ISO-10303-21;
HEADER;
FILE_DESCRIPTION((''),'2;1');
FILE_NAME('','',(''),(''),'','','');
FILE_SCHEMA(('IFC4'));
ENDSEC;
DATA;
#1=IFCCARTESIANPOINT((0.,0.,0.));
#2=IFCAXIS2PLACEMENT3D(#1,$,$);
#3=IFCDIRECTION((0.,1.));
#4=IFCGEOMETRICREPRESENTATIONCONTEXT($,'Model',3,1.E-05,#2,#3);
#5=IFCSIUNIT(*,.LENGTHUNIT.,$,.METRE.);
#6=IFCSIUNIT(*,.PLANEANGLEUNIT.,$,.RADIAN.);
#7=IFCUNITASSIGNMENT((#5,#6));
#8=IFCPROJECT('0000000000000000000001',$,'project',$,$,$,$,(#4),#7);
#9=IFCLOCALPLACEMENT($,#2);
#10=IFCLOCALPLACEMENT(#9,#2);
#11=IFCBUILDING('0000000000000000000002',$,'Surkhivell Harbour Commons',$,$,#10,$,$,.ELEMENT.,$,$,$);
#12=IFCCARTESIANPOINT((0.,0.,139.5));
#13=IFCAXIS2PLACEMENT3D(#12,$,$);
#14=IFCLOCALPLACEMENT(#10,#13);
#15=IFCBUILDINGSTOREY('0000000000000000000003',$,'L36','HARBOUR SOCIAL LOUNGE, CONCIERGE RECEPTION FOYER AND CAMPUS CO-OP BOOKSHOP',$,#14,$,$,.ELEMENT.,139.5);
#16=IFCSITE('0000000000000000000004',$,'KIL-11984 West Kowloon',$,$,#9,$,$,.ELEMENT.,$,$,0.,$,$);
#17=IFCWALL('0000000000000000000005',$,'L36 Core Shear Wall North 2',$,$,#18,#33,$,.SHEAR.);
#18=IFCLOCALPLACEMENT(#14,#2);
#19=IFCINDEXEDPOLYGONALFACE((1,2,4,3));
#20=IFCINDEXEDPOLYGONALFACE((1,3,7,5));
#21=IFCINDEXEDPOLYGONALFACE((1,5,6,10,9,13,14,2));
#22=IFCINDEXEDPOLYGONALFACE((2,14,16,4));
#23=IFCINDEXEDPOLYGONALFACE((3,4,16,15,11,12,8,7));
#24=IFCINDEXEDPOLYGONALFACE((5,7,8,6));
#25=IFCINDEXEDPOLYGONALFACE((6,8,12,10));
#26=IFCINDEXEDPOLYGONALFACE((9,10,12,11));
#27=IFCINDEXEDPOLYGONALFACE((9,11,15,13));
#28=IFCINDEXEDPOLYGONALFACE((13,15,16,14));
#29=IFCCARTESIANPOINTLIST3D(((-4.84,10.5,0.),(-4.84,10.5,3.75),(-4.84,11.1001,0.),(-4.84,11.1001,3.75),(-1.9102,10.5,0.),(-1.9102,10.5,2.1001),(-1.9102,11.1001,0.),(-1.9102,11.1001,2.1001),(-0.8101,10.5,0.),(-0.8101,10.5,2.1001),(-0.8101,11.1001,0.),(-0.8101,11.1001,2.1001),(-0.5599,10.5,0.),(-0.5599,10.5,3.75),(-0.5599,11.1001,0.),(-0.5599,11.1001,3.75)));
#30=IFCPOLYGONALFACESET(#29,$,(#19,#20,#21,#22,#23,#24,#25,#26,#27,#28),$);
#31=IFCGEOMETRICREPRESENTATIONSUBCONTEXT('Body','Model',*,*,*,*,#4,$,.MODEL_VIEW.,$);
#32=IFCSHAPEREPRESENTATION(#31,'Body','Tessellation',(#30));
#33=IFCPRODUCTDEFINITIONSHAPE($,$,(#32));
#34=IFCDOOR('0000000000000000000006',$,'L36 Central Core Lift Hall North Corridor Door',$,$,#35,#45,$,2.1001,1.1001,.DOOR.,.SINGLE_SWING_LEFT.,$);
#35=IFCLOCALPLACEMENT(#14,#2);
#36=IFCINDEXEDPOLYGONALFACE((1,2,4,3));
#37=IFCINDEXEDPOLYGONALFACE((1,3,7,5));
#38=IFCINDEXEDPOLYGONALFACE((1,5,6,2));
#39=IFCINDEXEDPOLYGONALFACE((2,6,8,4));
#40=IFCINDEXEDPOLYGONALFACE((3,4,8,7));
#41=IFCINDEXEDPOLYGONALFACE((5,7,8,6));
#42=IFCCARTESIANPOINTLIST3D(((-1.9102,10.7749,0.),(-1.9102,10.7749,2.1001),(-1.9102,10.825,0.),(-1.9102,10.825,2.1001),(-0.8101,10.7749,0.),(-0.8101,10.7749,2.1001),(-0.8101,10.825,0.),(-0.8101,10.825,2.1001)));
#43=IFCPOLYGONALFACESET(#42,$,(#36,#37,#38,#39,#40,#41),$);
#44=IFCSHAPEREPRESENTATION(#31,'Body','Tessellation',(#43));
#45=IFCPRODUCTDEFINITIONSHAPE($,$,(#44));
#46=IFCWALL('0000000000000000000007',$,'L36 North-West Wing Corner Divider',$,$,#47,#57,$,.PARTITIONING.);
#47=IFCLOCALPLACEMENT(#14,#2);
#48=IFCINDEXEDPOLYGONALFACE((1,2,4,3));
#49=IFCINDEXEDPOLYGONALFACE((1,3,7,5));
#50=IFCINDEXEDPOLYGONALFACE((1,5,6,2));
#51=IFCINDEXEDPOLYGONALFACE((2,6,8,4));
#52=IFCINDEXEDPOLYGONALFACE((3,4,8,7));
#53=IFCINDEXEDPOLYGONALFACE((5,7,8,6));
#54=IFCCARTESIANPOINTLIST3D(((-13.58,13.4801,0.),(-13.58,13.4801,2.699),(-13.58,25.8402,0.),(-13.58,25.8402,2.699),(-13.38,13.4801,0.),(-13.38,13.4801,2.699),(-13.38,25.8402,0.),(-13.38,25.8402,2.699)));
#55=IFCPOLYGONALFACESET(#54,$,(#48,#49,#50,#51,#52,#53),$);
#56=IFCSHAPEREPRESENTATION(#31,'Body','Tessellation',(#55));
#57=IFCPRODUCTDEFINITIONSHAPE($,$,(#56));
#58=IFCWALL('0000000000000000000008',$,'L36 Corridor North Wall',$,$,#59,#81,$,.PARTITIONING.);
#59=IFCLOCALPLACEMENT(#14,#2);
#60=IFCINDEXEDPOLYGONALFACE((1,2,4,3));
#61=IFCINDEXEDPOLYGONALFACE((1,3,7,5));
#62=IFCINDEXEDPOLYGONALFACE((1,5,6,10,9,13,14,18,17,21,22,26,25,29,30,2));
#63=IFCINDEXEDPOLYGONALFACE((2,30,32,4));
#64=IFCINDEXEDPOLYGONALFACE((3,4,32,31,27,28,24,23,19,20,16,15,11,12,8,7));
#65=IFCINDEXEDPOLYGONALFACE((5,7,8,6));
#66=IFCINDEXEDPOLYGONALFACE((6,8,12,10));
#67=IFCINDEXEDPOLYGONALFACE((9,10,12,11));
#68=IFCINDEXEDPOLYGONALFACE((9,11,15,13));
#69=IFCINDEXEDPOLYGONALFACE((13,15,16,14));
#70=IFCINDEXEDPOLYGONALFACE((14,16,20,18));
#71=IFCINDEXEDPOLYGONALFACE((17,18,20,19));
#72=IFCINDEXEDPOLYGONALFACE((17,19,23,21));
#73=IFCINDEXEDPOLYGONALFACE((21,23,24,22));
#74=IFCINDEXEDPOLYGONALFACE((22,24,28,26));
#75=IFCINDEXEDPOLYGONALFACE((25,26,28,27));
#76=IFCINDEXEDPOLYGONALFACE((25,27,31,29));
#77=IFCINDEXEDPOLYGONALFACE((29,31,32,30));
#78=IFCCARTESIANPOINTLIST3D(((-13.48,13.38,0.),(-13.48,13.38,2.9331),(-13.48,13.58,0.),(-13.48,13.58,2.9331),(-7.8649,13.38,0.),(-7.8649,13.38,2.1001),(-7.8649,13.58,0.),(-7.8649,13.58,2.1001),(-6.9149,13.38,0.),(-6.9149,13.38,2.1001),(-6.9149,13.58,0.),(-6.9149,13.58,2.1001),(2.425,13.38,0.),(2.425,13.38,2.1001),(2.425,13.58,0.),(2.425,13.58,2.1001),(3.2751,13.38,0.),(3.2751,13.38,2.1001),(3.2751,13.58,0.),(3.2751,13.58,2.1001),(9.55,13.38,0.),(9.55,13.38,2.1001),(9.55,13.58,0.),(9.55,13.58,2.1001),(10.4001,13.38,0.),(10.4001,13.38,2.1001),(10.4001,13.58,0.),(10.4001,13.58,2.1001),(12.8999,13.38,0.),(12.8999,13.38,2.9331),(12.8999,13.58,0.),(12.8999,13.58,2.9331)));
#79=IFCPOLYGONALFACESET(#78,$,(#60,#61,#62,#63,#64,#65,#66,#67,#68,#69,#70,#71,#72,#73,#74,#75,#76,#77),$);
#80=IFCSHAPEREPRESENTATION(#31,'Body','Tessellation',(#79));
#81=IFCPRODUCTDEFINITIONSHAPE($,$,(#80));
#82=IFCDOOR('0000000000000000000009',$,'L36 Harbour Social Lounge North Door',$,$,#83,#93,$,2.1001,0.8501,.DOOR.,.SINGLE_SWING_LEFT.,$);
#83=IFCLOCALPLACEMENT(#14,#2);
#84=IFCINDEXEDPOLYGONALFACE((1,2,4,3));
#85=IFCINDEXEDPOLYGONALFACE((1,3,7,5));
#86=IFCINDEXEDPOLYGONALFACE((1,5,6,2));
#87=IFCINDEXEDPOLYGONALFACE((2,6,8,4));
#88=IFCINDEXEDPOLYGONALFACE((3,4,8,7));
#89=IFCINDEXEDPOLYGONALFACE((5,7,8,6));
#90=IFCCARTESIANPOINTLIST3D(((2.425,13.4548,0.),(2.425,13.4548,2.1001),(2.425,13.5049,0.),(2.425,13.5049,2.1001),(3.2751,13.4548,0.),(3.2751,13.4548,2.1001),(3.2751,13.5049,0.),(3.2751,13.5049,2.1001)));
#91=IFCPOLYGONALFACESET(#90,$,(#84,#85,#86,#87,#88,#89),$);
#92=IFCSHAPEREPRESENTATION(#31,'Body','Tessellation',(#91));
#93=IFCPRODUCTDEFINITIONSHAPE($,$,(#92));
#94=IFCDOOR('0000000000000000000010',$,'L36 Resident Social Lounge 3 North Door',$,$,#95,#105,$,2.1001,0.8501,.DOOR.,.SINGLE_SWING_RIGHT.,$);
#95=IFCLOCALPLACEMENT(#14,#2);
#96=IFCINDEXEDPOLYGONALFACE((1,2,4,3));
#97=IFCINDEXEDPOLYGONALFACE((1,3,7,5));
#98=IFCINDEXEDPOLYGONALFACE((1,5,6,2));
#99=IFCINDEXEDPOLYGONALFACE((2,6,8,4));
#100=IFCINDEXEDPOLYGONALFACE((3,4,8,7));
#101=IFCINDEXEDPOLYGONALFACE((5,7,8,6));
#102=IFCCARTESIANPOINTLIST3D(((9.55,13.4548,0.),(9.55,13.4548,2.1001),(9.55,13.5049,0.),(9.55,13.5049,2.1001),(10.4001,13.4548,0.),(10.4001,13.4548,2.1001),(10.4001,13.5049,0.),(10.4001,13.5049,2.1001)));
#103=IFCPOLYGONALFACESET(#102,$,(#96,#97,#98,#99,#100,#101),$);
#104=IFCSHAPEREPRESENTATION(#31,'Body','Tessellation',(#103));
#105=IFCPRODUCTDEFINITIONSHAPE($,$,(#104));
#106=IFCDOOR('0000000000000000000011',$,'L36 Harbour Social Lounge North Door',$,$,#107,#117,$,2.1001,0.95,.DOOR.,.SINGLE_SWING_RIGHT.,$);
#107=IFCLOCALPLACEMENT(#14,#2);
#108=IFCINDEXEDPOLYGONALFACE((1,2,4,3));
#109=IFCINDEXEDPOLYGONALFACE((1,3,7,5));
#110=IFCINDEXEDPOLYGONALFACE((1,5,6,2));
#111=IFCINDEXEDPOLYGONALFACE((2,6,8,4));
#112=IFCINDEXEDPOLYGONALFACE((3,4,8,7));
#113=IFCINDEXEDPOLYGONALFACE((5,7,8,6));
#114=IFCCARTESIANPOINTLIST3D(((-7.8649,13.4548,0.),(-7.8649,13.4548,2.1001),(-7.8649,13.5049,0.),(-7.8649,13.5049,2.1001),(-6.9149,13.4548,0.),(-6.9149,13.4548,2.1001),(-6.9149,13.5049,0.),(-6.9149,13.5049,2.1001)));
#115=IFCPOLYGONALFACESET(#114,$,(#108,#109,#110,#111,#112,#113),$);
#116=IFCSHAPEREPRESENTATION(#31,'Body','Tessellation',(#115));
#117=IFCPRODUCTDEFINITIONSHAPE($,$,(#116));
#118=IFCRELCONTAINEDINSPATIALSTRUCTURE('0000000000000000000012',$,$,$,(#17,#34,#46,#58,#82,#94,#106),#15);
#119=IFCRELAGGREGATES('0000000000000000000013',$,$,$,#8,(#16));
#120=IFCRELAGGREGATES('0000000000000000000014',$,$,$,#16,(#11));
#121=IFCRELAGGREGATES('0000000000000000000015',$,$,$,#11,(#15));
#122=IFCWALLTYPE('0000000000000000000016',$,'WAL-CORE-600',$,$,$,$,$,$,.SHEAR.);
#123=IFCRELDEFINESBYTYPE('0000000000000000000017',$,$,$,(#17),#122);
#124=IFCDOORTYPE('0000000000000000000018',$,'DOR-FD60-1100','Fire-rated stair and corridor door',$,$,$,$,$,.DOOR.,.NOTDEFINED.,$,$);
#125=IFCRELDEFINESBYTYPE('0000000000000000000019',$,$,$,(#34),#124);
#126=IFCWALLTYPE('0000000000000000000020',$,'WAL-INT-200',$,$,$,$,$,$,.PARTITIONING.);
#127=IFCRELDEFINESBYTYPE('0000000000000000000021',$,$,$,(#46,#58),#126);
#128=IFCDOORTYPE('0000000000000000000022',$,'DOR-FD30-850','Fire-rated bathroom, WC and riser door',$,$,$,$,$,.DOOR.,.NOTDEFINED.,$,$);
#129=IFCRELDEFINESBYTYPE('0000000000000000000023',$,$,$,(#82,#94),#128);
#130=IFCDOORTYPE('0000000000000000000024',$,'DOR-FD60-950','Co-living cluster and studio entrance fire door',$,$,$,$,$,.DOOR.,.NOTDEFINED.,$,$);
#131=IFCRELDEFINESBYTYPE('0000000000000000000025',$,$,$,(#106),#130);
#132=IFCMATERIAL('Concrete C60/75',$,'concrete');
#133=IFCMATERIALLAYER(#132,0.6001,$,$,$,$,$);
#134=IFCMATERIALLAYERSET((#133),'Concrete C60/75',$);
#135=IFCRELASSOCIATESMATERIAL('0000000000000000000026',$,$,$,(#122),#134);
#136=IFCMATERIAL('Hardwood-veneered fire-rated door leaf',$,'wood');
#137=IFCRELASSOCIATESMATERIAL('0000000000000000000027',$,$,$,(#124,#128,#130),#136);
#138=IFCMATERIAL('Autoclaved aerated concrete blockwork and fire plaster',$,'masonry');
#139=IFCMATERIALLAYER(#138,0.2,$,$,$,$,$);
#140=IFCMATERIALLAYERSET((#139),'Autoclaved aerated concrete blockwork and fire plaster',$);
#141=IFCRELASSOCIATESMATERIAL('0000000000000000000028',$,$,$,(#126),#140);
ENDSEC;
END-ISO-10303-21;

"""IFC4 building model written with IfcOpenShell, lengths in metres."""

from ifc_helpers import new_model, si_unit, direction, frame, frame_2d, origin, place, context, subcontext, project, spatial, rectangle, extrude, material, layer, layer_set, type_object, element, fill, save


model = new_model("IFC4")

# Units and contexts
model_context = context("Model", 3, precision=1e-05, world=origin(), true_north=direction((0.0, 1.0)))
body_context = subcontext(model_context, "Body", "Model", "MODEL_VIEW")
ifc_project = project(units=[si_unit("LENGTHUNIT", "METRE"), si_unit("PLANEANGLEUNIT", "RADIAN")], contexts=[model_context])

# Site, building, storey
site_placement = place(None, origin())
site = spatial("IfcSite", under=ifc_project, at=site_placement, Name="KIL-11984 West Kowloon", CompositionType="ELEMENT", RefElevation=0.0)
building_placement = place(site_placement, origin())
building = spatial("IfcBuilding", under=site, at=building_placement, Name="Surkhivell Harbour Commons", CompositionType="ELEMENT")
storey_placement = place(building_placement, frame((0.0, 0.0, 139.5)))
storey = spatial("IfcBuildingStorey", under=building, at=storey_placement, Name="L36", Description="HARBOUR SOCIAL LOUNGE, CONCIERGE RECEPTION FOYER AND CAMPUS CO-OP BOOKSHOP", CompositionType="ELEMENT", Elevation=139.5)

# Shared definitions
ifc_material_1 = material(Name="Concrete C60/75", Category="concrete")

# Wall, opening, door
ifc_layer_1 = layer(ifc_material_1, 0.6001)
ifc_layer_set_1 = layer_set([ifc_layer_1], Name="Concrete C60/75")
wall_type_1 = type_object("IfcWallType", Name="WAL-CORE-600", PredefinedType="SHEAR", material=ifc_layer_set_1)
wall_1_placement = place(storey_placement, frame((-4.8401, 10.8, 0.0), z_axis=(0.0, 0.0, 1.0), x_axis=(1.0, 0.0, 0.0)))
wall_1 = element("IfcWall", 1, at=wall_1_placement, inside=storey, type_object=wall_type_1, Name="L36 Core Shear Wall North 2", PredefinedType="SHEAR", context=body_context, shape_type="SweptSolid", body=[
    extrude(rectangle(XDim=4.28, YDim=0.6001, at=frame_2d((2.1401, 0.0))), origin(), (0.0, 0.0, 1.0), 3.75),
])
opening_1_placement = place(wall_1_placement, frame((2.9299, 0.0, 0.0)))
opening_1 = element("IfcOpeningElement", 2, at=opening_1_placement, cuts=wall_1, PredefinedType="OPENING", context=body_context, shape_type="SweptSolid", body=[
    extrude(rectangle(XDim=1.1001, YDim=2.1001, at=frame_2d((0.55, 1.05))), frame((0.0, 0.3101, 0.0), z_axis=(0.0, -1.0, 0.0), x_axis=(1.0, 0.0, 0.0)), (0.0, 0.0, 1.0), 0.6201),
])
ifc_material_2 = material(Name="Hardwood-veneered fire-rated door leaf", Category="wood")
door_type_1 = type_object("IfcDoorType", Name="DOR-FD60-1100", Description="Fire-rated stair and corridor door", OperationType="NOTDEFINED", PredefinedType="DOOR", material=ifc_material_2)
door_1_placement = place(opening_1_placement, origin())
door_1 = element("IfcDoor", 3, at=door_1_placement, inside=storey, type_object=door_type_1, Name="L36 Central Core Lift Hall North Corridor Door", OperationType="SINGLE_SWING_LEFT", OverallHeight=2.1001, OverallWidth=1.1001, PredefinedType="DOOR", context=body_context, shape_type="SweptSolid", body=[
    extrude(rectangle(XDim=1.1001, YDim=2.1001, at=frame_2d((0.55, 1.05))), frame((0.0, 0.0249, 0.0), z_axis=(0.0, -1.0, 0.0), x_axis=(1.0, 0.0, 0.0)), (0.0, 0.0, 1.0), 0.05),
])
fill(opening_1, door_1)

# Wall
ifc_material_3 = material(Name="Autoclaved aerated concrete blockwork and fire plaster", Category="masonry")
ifc_layer_2 = layer(ifc_material_3, 0.2)
ifc_layer_set_2 = layer_set([ifc_layer_2], Name="Autoclaved aerated concrete blockwork and fire plaster")
wall_type_2 = type_object("IfcWallType", Name="WAL-INT-200", PredefinedType="PARTITIONING", material=ifc_layer_set_2)
wall_2_placement = place(storey_placement, frame((-13.48, 13.48, 0.0), z_axis=(0.0, 0.0, 1.0), x_axis=(0.0, 1.0, 0.0)))
element("IfcWall", 4, at=wall_2_placement, inside=storey, type_object=wall_type_2, Name="L36 North-West Wing Corner Divider", PredefinedType="PARTITIONING", context=body_context, shape_type="SweptSolid", body=[
    extrude(rectangle(XDim=12.3601, YDim=0.2, at=frame_2d((6.1802, 0.0))), origin(), (0.0, 0.0, 1.0), 2.699),
])

# Wall, openings, doors
wall_3_placement = place(storey_placement, frame((-13.48, 13.48, 0.0), z_axis=(0.0, 0.0, 1.0), x_axis=(1.0, 0.0, 0.0)))
wall_3 = element("IfcWall", 5, at=wall_3_placement, inside=storey, type_object=wall_type_2, Name="L36 Corridor North Wall", PredefinedType="PARTITIONING", context=body_context, shape_type="SweptSolid", body=[
    extrude(rectangle(XDim=26.3799, YDim=0.2, at=frame_2d((13.1899, 0.0))), origin(), (0.0, 0.0, 1.0), 2.9331),
])
opening_2_placement = place(wall_3_placement, frame((5.615, 0.0, 0.0)))
opening_2 = element("IfcOpeningElement", 6, at=opening_2_placement, cuts=wall_3, PredefinedType="OPENING", context=body_context, shape_type="SweptSolid", body=[
    extrude(rectangle(XDim=0.95, YDim=2.1001, at=frame_2d((0.4751, 1.05))), frame((0.0, 0.1099, 0.0), z_axis=(0.0, -1.0, 0.0), x_axis=(1.0, 0.0, 0.0)), (0.0, 0.0, 1.0), 0.22),
])
opening_3_placement = place(wall_3_placement, frame((15.905, 0.0, 0.0)))
opening_3 = element("IfcOpeningElement", 7, at=opening_3_placement, cuts=wall_3, PredefinedType="OPENING", context=body_context, shape_type="SweptSolid", body=[
    extrude(rectangle(XDim=0.8501, YDim=2.1001, at=frame_2d((0.425, 1.05))), frame((0.0, 0.1099, 0.0), z_axis=(0.0, -1.0, 0.0), x_axis=(1.0, 0.0, 0.0)), (0.0, 0.0, 1.0), 0.22),
])
opening_4_placement = place(wall_3_placement, frame((23.03, 0.0, 0.0)))
opening_4 = element("IfcOpeningElement", 8, at=opening_4_placement, cuts=wall_3, PredefinedType="OPENING", context=body_context, shape_type="SweptSolid", body=[
    extrude(rectangle(XDim=0.8501, YDim=2.1001, at=frame_2d((0.425, 1.05))), frame((0.0, 0.1099, 0.0), z_axis=(0.0, -1.0, 0.0), x_axis=(1.0, 0.0, 0.0)), (0.0, 0.0, 1.0), 0.22),
])
door_type_2 = type_object("IfcDoorType", Name="DOR-FD30-850", Description="Fire-rated bathroom, WC and riser door", OperationType="NOTDEFINED", PredefinedType="DOOR", material=ifc_material_2)
door_2_placement = place(opening_3_placement, origin())
door_2 = element("IfcDoor", 9, at=door_2_placement, inside=storey, type_object=door_type_2, Name="L36 Harbour Social Lounge North Door", OperationType="SINGLE_SWING_LEFT", OverallHeight=2.1001, OverallWidth=0.8501, PredefinedType="DOOR", context=body_context, shape_type="SweptSolid", body=[
    extrude(rectangle(XDim=0.8501, YDim=2.1001, at=frame_2d((0.425, 1.05))), frame((0.0, 0.0249, 0.0), z_axis=(0.0, -1.0, 0.0), x_axis=(1.0, 0.0, 0.0)), (0.0, 0.0, 1.0), 0.05),
])
fill(opening_3, door_2)
door_3_placement = place(opening_4_placement, origin())
door_3 = element("IfcDoor", 10, at=door_3_placement, inside=storey, type_object=door_type_2, Name="L36 Resident Social Lounge 3 North Door", OperationType="SINGLE_SWING_RIGHT", OverallHeight=2.1001, OverallWidth=0.8501, PredefinedType="DOOR", context=body_context, shape_type="SweptSolid", body=[
    extrude(rectangle(XDim=0.8501, YDim=2.1001, at=frame_2d((0.425, 1.05))), frame((0.0, 0.0249, 0.0), z_axis=(0.0, -1.0, 0.0), x_axis=(1.0, 0.0, 0.0)), (0.0, 0.0, 1.0), 0.05),
])
fill(opening_4, door_3)
door_type_3 = type_object("IfcDoorType", Name="DOR-FD60-950", Description="Co-living cluster and studio entrance fire door", OperationType="NOTDEFINED", PredefinedType="DOOR", material=ifc_material_2)
door_4_placement = place(opening_2_placement, origin())
door_4 = element("IfcDoor", 11, at=door_4_placement, inside=storey, type_object=door_type_3, Name="L36 Harbour Social Lounge North Door", OperationType="SINGLE_SWING_RIGHT", OverallHeight=2.1001, OverallWidth=0.95, PredefinedType="DOOR", context=body_context, shape_type="SweptSolid", body=[
    extrude(rectangle(XDim=0.95, YDim=2.1001, at=frame_2d((0.4751, 1.05))), frame((0.0, 0.0249, 0.0), z_axis=(0.0, -1.0, 0.0), x_axis=(1.0, 0.0, 0.0)), (0.0, 0.0, 1.0), 0.05),
])
fill(opening_2, door_4)

save(model, "model.ifc")
